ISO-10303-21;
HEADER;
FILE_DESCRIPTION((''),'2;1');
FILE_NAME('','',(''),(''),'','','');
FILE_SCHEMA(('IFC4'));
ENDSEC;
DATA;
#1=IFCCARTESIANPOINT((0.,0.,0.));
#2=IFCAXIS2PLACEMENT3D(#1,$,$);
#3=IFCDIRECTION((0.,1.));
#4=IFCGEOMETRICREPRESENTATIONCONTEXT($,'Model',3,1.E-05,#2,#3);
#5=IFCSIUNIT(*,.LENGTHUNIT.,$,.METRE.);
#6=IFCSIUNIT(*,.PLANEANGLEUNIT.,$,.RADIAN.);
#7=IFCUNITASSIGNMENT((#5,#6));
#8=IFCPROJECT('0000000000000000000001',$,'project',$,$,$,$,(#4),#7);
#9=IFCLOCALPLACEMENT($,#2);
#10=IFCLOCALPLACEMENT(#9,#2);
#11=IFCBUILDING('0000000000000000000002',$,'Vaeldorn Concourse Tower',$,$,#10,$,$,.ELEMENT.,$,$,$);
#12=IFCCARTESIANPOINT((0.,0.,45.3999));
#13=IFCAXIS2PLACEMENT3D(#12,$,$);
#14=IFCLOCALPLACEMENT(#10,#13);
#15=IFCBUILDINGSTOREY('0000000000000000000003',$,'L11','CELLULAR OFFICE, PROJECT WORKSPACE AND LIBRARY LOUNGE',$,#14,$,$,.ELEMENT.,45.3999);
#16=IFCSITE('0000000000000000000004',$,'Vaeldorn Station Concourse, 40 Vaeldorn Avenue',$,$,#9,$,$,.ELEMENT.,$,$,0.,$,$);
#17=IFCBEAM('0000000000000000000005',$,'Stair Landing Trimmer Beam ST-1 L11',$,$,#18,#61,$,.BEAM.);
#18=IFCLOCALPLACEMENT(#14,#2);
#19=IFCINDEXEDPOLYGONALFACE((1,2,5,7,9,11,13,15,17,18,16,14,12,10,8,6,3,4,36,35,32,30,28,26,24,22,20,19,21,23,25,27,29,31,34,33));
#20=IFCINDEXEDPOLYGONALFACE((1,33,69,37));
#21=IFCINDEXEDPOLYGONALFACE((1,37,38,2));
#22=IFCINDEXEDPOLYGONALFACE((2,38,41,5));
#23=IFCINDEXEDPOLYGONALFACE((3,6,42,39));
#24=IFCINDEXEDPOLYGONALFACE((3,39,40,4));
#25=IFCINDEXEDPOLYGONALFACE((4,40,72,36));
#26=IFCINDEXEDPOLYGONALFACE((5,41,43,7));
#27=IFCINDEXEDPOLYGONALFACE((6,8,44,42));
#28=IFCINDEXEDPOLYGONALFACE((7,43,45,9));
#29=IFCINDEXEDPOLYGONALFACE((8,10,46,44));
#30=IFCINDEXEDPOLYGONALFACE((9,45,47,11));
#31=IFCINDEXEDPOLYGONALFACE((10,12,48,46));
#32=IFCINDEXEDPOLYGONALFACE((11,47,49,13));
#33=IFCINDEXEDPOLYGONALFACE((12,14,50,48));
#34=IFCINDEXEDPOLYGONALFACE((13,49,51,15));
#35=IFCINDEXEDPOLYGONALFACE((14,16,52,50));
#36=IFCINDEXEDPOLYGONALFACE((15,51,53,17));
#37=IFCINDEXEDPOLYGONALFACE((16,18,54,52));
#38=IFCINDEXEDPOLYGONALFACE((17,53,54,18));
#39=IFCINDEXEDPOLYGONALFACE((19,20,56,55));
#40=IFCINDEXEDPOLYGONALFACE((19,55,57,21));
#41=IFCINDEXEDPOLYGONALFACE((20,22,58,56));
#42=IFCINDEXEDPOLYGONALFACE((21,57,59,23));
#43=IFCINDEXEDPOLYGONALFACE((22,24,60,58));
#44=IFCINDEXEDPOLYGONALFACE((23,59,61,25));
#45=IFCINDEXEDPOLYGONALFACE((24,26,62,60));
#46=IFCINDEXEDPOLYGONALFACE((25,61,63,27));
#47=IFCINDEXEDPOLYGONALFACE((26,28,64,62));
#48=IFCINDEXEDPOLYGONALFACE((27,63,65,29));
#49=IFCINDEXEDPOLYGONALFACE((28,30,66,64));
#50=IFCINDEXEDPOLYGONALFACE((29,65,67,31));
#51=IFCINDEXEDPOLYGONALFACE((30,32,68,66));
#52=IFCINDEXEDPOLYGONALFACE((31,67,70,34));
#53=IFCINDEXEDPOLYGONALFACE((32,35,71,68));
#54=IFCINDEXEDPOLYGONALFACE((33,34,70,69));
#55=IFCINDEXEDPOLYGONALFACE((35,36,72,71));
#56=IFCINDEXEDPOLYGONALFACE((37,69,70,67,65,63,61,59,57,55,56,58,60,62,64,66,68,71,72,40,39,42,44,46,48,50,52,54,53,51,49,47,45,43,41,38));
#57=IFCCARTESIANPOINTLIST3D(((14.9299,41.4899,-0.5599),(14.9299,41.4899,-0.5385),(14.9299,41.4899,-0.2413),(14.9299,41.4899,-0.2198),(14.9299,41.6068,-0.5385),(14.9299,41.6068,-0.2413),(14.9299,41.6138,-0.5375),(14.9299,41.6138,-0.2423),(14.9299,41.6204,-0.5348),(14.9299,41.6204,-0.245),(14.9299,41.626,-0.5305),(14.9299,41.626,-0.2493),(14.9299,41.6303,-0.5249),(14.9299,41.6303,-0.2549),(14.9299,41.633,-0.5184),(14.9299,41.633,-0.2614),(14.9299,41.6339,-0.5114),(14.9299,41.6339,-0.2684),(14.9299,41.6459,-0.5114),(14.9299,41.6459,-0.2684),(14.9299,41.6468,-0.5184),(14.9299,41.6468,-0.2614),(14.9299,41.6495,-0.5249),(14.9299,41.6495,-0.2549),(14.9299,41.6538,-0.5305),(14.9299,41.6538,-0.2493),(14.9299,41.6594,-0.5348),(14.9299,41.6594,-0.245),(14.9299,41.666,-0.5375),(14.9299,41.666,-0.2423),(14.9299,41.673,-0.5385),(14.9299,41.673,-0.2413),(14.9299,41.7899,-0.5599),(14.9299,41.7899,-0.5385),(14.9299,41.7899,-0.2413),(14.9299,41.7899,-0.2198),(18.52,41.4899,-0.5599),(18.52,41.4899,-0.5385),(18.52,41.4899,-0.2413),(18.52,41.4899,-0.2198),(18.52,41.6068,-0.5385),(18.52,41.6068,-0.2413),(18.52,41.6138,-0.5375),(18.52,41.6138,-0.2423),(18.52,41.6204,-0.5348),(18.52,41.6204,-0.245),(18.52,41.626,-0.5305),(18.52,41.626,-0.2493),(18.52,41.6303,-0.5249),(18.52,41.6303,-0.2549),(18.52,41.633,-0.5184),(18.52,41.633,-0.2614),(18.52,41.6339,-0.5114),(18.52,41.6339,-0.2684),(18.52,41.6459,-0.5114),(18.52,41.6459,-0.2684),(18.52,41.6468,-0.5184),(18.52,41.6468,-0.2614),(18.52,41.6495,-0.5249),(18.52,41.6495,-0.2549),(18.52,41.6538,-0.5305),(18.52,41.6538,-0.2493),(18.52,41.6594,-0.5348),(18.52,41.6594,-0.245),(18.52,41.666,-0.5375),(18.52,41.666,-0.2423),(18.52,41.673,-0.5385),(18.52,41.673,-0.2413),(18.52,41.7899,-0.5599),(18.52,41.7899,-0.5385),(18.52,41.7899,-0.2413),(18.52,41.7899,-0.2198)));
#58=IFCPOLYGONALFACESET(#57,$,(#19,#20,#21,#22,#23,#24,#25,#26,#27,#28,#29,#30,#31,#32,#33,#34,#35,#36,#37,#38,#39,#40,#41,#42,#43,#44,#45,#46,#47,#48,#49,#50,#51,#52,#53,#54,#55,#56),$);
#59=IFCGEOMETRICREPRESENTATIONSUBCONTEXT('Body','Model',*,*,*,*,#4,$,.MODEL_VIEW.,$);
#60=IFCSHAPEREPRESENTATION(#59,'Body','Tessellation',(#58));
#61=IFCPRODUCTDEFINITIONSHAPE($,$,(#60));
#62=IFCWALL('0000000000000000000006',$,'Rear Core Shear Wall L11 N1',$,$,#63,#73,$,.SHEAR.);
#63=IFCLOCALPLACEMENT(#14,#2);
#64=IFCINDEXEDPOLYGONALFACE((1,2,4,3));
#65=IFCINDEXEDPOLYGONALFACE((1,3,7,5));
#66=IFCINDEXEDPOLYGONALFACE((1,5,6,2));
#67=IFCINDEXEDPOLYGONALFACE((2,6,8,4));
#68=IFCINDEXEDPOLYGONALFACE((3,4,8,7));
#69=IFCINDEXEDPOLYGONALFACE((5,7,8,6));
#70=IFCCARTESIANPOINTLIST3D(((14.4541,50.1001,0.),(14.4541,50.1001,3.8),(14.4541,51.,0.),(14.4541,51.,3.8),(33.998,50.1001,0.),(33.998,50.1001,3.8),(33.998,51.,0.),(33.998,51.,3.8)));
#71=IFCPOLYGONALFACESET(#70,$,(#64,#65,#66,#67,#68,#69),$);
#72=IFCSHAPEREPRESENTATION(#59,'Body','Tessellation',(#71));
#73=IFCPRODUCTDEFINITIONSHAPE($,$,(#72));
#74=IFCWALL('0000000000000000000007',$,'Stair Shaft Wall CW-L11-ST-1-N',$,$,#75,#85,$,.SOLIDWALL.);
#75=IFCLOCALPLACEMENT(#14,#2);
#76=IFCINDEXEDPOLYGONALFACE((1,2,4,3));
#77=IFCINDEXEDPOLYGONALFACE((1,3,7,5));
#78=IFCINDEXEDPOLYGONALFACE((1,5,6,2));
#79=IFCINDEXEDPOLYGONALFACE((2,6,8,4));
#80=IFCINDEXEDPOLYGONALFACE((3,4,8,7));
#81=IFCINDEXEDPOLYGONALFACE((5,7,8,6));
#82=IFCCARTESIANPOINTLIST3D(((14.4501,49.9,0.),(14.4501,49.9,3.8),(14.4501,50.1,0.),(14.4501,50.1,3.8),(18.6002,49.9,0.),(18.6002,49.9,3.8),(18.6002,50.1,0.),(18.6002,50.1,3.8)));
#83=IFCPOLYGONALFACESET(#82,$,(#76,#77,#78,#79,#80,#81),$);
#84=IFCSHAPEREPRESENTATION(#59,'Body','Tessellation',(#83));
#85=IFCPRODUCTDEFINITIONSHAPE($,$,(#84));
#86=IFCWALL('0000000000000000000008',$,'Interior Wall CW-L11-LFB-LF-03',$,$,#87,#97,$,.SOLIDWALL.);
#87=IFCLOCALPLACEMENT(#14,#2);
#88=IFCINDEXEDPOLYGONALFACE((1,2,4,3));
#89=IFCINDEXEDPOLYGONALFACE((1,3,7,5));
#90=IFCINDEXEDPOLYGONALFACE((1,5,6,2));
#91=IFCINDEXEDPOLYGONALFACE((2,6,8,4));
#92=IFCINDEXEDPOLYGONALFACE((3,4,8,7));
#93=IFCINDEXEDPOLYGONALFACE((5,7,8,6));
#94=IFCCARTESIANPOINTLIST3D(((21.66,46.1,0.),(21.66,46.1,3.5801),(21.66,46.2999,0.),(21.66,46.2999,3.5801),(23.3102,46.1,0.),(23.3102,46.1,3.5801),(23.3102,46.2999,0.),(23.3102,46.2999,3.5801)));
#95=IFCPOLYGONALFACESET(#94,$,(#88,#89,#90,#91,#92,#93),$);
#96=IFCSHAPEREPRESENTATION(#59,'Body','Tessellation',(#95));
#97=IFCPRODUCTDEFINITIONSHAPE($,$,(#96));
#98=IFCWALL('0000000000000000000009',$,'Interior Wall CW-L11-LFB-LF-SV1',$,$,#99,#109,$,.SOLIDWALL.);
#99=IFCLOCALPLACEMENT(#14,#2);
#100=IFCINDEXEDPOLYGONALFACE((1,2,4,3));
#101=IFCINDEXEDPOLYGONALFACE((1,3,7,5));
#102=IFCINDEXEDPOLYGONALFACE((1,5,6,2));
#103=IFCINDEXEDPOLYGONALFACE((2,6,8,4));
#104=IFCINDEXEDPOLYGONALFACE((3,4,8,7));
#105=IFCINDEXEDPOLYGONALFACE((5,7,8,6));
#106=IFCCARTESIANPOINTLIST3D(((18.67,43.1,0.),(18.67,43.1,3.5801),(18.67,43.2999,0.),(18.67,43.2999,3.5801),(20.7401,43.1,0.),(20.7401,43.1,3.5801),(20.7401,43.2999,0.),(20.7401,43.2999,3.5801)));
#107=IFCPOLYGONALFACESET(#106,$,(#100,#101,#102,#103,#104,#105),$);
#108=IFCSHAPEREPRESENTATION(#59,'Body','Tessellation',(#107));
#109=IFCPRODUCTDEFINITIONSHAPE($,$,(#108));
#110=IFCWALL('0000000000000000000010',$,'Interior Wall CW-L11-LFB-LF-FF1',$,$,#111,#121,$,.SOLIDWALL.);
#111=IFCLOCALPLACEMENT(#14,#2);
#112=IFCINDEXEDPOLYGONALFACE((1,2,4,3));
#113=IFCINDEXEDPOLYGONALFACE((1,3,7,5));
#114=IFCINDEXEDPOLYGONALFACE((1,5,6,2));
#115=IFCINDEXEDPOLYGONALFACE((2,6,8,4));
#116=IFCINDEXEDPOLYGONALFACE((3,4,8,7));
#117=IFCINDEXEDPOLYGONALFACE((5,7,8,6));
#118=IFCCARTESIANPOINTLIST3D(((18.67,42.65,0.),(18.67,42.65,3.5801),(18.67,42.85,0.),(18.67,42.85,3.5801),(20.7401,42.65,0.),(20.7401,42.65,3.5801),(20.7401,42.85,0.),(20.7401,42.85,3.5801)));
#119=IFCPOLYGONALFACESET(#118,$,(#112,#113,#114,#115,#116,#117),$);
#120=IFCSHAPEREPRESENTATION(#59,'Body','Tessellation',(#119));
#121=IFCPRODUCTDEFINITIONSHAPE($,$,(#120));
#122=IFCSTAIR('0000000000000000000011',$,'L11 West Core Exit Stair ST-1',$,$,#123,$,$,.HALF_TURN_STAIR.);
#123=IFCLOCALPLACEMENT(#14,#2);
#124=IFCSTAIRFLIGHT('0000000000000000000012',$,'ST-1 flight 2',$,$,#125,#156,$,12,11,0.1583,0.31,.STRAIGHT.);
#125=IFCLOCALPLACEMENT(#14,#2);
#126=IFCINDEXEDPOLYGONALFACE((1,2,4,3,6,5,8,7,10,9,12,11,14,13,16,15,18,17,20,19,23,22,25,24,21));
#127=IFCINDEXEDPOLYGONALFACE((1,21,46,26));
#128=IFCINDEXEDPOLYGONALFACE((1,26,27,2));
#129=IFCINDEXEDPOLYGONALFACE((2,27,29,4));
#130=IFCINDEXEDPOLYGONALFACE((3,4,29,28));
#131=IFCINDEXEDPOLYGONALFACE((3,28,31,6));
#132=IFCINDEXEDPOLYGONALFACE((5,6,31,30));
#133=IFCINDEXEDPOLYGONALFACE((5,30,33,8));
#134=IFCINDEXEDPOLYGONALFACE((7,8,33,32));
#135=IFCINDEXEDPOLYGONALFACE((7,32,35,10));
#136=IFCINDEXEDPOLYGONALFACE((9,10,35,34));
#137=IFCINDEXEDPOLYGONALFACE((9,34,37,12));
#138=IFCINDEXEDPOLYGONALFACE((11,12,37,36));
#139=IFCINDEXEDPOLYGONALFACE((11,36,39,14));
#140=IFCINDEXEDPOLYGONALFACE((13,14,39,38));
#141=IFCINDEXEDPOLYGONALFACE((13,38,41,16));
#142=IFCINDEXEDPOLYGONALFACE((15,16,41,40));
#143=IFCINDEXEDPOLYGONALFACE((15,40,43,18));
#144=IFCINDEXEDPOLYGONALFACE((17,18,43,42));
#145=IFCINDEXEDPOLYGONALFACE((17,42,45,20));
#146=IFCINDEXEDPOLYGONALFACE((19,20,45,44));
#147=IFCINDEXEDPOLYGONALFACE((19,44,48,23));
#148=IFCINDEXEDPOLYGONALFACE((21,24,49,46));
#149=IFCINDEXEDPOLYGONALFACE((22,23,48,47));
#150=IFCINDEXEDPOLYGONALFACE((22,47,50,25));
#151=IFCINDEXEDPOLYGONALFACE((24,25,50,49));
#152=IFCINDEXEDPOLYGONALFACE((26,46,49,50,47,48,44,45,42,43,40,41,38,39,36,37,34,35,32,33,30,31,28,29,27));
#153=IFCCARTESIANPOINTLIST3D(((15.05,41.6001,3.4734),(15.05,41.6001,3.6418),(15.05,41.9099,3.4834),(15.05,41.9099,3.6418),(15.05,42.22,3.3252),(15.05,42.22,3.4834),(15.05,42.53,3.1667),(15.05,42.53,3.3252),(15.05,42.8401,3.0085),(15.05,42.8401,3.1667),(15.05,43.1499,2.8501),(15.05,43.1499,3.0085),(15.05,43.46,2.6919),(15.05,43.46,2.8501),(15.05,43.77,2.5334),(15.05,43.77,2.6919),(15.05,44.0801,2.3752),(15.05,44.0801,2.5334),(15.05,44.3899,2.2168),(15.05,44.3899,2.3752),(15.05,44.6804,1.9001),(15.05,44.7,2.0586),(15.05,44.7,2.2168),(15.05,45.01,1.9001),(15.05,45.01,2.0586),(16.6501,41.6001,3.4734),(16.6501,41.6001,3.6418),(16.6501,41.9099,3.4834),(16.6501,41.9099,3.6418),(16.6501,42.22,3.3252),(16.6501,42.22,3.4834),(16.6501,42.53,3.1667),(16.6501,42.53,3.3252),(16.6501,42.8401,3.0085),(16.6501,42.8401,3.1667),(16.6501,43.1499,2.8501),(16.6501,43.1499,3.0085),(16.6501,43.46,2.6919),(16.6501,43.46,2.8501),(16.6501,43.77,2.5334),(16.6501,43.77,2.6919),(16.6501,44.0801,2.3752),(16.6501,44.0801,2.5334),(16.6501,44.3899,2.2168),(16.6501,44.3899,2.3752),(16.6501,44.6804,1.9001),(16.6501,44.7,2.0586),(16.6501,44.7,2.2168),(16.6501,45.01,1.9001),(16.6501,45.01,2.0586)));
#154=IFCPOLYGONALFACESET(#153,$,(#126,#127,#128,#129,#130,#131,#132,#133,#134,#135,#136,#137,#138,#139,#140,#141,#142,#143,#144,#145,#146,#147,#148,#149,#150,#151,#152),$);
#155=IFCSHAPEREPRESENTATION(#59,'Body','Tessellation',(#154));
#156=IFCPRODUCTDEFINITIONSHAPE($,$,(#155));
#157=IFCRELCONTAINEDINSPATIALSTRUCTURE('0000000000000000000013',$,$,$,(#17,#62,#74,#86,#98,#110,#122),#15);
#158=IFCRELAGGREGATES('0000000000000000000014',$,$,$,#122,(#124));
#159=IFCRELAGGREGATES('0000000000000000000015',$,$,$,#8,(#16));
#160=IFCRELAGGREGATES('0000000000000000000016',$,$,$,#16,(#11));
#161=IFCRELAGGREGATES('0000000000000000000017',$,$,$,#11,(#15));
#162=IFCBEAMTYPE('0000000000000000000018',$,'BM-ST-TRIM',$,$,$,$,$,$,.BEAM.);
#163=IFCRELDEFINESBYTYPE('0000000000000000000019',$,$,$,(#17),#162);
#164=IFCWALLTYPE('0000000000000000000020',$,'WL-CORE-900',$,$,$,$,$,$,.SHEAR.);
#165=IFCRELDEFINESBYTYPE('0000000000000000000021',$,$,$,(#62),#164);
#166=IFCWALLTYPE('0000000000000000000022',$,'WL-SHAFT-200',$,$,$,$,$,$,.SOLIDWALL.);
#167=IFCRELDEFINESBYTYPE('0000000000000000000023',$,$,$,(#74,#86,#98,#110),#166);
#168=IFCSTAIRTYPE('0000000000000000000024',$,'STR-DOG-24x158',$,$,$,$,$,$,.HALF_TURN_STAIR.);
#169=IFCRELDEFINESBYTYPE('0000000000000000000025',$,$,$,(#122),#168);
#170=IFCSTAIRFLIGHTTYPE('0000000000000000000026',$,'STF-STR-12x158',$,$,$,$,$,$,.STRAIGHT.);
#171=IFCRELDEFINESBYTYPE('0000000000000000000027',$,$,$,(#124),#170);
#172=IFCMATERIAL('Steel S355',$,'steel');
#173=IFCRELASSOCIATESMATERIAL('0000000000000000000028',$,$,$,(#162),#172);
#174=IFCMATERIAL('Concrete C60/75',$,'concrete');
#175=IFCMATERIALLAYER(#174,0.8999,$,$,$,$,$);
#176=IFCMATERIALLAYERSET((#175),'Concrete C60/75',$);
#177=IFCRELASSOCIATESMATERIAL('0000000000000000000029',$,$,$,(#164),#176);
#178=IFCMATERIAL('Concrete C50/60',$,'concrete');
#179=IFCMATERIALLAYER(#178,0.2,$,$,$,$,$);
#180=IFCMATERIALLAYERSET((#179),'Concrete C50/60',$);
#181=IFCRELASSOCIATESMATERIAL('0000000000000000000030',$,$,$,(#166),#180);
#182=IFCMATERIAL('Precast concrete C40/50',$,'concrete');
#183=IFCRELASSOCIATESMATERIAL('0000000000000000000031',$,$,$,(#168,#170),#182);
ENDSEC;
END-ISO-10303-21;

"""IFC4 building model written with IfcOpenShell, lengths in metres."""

from ifc_helpers import new_model, si_unit, direction, frame, frame_2d, origin, origin_2d, place, context, subcontext, project, spatial, polyline, rectangle, i_section, outline, extrude, source, transform, mapped, material, layer, layer_set, material_profile, profile_set, type_object, element, aggregate, save


model = new_model("IFC4")

# Units and contexts
model_context = context("Model", 3, precision=1e-05, world=origin(), true_north=direction((0.0, 1.0)))
body_context = subcontext(model_context, "Body", "Model", "MODEL_VIEW")
ifc_project = project(units=[si_unit("LENGTHUNIT", "METRE"), si_unit("PLANEANGLEUNIT", "RADIAN")], contexts=[model_context])

# Site, building, storey
site_placement = place(None, origin())
site = spatial("IfcSite", under=ifc_project, at=site_placement, Name="Vaeldorn Station Concourse, 40 Vaeldorn Avenue", CompositionType="ELEMENT", RefElevation=0.0)
building_placement = place(site_placement, origin())
building = spatial("IfcBuilding", under=site, at=building_placement, Name="Vaeldorn Concourse Tower", CompositionType="ELEMENT")
storey_placement = place(building_placement, frame((0.0, 0.0, 45.3999)))
storey = spatial("IfcBuildingStorey", under=building, at=storey_placement, Name="L11", Description="CELLULAR OFFICE, PROJECT WORKSPACE AND LIBRARY LOUNGE", CompositionType="ELEMENT", Elevation=45.3999)

# Beam
ifc_material_1 = material(Name="Steel S355", Category="steel")
ifc_material_profile = material_profile(ifc_material_1, i_section(OverallWidth=0.3, OverallDepth=0.3401, WebThickness=0.012, FlangeThickness=0.0215, FilletRadius=0.0271, at=origin_2d()), Name="HEB 340")
ifc_profile_set = profile_set([ifc_material_profile], Name="Steel S355")
beam_type = type_object("IfcBeamType", Name="BM-ST-TRIM", PredefinedType="BEAM", material=ifc_profile_set)
shared_shape_1 = source(origin(), body_context, "Body", "SweptSolid", [
    extrude(i_section(OverallWidth=0.3, OverallDepth=0.3401, WebThickness=0.012, FlangeThickness=0.0215, FilletRadius=0.0271, at=origin_2d()), origin(), (0.0, 0.0, 1.0), 3.5901),
])
beam_placement = place(storey_placement, frame((14.9299, 41.6399, -0.3899), z_axis=(1.0, 0.0, 0.0), x_axis=(0.0, 1.0, 0.0)))
element("IfcBeam", 1, at=beam_placement, inside=storey, type_object=beam_type, Name="Stair Landing Trimmer Beam ST-1 L11", PredefinedType="BEAM", context=body_context, shape_type="MappedRepresentation", body=[
    mapped(shared_shape_1, transform((0.0, 0.0, 0.0), scale=1.0)),
])

# Walls
ifc_material_2 = material(Name="Concrete C60/75", Category="concrete")
ifc_layer_1 = layer(ifc_material_2, 0.8999)
ifc_layer_set_1 = layer_set([ifc_layer_1], Name="Concrete C60/75")
wall_type_1 = type_object("IfcWallType", Name="WL-CORE-900", PredefinedType="SHEAR", material=ifc_layer_set_1)
wall_1_placement = place(storey_placement, frame((14.4541, 50.55, 0.0), z_axis=(0.0, 0.0, 1.0), x_axis=(1.0, 0.0, 0.0)))
element("IfcWall", 2, at=wall_1_placement, inside=storey, type_object=wall_type_1, Name="Rear Core Shear Wall L11 N1", PredefinedType="SHEAR", context=body_context, shape_type="SweptSolid", body=[
    extrude(rectangle(XDim=19.5439, YDim=0.8999, at=frame_2d((9.772, 0.0))), origin(), (0.0, 0.0, 1.0), 3.8),
])
ifc_material_3 = material(Name="Concrete C50/60", Category="concrete")
ifc_layer_2 = layer(ifc_material_3, 0.2)
ifc_layer_set_2 = layer_set([ifc_layer_2], Name="Concrete C50/60")
wall_type_2 = type_object("IfcWallType", Name="WL-SHAFT-200", PredefinedType="SOLIDWALL", material=ifc_layer_set_2)
wall_2_placement = place(storey_placement, frame((14.45, 50.0, 0.0), z_axis=(0.0, 0.0, 1.0), x_axis=(1.0, 0.0, 0.0)))
element("IfcWall", 3, at=wall_2_placement, inside=storey, type_object=wall_type_2, Name="Stair Shaft Wall CW-L11-ST-1-N", PredefinedType="SOLIDWALL", context=body_context, shape_type="SweptSolid", body=[
    extrude(rectangle(XDim=4.1501, YDim=0.2, at=frame_2d((2.0752, 0.0))), origin(), (0.0, 0.0, 1.0), 3.8),
])

# Wall
wall_3_placement = place(storey_placement, frame((21.6599, 46.2, 0.0), z_axis=(0.0, 0.0, 1.0), x_axis=(1.0, 0.0, 0.0)))
element("IfcWall", 4, at=wall_3_placement, inside=storey, type_object=wall_type_2, Name="Interior Wall CW-L11-LFB-LF-03", PredefinedType="SOLIDWALL", context=body_context, shape_type="SweptSolid", body=[
    extrude(rectangle(XDim=1.6501, YDim=0.2, at=frame_2d((0.8252, 0.0))), origin(), (0.0, 0.0, 1.0), 3.5801),
])

# Walls
for number, where, z_axis, x_axis, name in (
    (5, (18.6699, 43.2, 0.0), (0.0, 0.0, 1.0), (1.0, 0.0, 0.0), "Interior Wall CW-L11-LFB-LF-SV1"),
    (6, (18.6699, 42.75, 0.0), (0.0, 0.0, 1.0), (1.0, 0.0, 0.0), "Interior Wall CW-L11-LFB-LF-FF1"),
):
    element("IfcWall", number, at=place(storey_placement, frame(where, z_axis=z_axis, x_axis=x_axis)), inside=storey, type_object=wall_type_2, Name=name, PredefinedType="SOLIDWALL", context=body_context, shape_type="SweptSolid", body=[
        extrude(rectangle(XDim=2.0701, YDim=0.2, at=frame_2d((1.0352, 0.0))), origin(), (0.0, 0.0, 1.0), 3.5801),
    ])

# Stair, stair flight
ifc_material_4 = material(Name="Precast concrete C40/50", Category="concrete")
stair_type = type_object("IfcStairType", Name="STR-DOG-24x158", PredefinedType="HALF_TURN_STAIR", material=ifc_material_4)
stair_placement = place(storey_placement, origin())
stair = element("IfcStair", 7, at=stair_placement, inside=storey, type_object=stair_type, Name="L11 West Core Exit Stair ST-1", PredefinedType="HALF_TURN_STAIR")
stair_flight_type = type_object("IfcStairFlightType", Name="STF-STR-12x158", PredefinedType="STRAIGHT", material=ifc_material_4)
stair_flight_placement = place(storey_placement, frame((15.8501, 45.01, 1.9001), z_axis=(0.0, 0.0, 1.0), x_axis=(0.0, -1.0, 0.0)))
stair_flight = element("IfcStairFlight", 8, at=stair_flight_placement, type_object=stair_flight_type, Name="ST-1 flight 2", NumberOfRisers=12, NumberOfTreads=11, PredefinedType="STRAIGHT", RiserHeight=0.1583, TreadLength=0.31, context=body_context, shape_type="SweptSolid", body=[
    extrude(outline(polyline([(0.0, 0.0), (0.0, 0.1584), (0.3101, 0.1584), (0.3101, 0.3167), (0.6201, 0.3167), (0.6201, 0.4751), (0.9299, 0.4751), (0.9299, 0.6333), (1.24, 0.6333), (1.24, 0.7917), (1.55, 0.7917), (1.55, 0.95), (1.8601, 0.95), (1.8601, 1.1084), (2.1699, 1.1084), (2.1699, 1.2666), (2.48, 1.2666), (2.48, 1.425), (2.79, 1.425), (2.79, 1.5833), (3.1001, 1.5833), (3.1001, 1.7417), (3.4099, 1.7417), (3.4099, 1.8999), (3.4099, 1.5732), (0.3296, 0.0), (0.0, 0.0)])), frame((0.0, 0.8, 0.0), z_axis=(0.0, -1.0, 0.0), x_axis=(1.0, 0.0, 0.0)), (0.0, 0.0, 1.0), 1.6001),
])
aggregate(stair, [stair_flight])

save(model, "model.ifc")
